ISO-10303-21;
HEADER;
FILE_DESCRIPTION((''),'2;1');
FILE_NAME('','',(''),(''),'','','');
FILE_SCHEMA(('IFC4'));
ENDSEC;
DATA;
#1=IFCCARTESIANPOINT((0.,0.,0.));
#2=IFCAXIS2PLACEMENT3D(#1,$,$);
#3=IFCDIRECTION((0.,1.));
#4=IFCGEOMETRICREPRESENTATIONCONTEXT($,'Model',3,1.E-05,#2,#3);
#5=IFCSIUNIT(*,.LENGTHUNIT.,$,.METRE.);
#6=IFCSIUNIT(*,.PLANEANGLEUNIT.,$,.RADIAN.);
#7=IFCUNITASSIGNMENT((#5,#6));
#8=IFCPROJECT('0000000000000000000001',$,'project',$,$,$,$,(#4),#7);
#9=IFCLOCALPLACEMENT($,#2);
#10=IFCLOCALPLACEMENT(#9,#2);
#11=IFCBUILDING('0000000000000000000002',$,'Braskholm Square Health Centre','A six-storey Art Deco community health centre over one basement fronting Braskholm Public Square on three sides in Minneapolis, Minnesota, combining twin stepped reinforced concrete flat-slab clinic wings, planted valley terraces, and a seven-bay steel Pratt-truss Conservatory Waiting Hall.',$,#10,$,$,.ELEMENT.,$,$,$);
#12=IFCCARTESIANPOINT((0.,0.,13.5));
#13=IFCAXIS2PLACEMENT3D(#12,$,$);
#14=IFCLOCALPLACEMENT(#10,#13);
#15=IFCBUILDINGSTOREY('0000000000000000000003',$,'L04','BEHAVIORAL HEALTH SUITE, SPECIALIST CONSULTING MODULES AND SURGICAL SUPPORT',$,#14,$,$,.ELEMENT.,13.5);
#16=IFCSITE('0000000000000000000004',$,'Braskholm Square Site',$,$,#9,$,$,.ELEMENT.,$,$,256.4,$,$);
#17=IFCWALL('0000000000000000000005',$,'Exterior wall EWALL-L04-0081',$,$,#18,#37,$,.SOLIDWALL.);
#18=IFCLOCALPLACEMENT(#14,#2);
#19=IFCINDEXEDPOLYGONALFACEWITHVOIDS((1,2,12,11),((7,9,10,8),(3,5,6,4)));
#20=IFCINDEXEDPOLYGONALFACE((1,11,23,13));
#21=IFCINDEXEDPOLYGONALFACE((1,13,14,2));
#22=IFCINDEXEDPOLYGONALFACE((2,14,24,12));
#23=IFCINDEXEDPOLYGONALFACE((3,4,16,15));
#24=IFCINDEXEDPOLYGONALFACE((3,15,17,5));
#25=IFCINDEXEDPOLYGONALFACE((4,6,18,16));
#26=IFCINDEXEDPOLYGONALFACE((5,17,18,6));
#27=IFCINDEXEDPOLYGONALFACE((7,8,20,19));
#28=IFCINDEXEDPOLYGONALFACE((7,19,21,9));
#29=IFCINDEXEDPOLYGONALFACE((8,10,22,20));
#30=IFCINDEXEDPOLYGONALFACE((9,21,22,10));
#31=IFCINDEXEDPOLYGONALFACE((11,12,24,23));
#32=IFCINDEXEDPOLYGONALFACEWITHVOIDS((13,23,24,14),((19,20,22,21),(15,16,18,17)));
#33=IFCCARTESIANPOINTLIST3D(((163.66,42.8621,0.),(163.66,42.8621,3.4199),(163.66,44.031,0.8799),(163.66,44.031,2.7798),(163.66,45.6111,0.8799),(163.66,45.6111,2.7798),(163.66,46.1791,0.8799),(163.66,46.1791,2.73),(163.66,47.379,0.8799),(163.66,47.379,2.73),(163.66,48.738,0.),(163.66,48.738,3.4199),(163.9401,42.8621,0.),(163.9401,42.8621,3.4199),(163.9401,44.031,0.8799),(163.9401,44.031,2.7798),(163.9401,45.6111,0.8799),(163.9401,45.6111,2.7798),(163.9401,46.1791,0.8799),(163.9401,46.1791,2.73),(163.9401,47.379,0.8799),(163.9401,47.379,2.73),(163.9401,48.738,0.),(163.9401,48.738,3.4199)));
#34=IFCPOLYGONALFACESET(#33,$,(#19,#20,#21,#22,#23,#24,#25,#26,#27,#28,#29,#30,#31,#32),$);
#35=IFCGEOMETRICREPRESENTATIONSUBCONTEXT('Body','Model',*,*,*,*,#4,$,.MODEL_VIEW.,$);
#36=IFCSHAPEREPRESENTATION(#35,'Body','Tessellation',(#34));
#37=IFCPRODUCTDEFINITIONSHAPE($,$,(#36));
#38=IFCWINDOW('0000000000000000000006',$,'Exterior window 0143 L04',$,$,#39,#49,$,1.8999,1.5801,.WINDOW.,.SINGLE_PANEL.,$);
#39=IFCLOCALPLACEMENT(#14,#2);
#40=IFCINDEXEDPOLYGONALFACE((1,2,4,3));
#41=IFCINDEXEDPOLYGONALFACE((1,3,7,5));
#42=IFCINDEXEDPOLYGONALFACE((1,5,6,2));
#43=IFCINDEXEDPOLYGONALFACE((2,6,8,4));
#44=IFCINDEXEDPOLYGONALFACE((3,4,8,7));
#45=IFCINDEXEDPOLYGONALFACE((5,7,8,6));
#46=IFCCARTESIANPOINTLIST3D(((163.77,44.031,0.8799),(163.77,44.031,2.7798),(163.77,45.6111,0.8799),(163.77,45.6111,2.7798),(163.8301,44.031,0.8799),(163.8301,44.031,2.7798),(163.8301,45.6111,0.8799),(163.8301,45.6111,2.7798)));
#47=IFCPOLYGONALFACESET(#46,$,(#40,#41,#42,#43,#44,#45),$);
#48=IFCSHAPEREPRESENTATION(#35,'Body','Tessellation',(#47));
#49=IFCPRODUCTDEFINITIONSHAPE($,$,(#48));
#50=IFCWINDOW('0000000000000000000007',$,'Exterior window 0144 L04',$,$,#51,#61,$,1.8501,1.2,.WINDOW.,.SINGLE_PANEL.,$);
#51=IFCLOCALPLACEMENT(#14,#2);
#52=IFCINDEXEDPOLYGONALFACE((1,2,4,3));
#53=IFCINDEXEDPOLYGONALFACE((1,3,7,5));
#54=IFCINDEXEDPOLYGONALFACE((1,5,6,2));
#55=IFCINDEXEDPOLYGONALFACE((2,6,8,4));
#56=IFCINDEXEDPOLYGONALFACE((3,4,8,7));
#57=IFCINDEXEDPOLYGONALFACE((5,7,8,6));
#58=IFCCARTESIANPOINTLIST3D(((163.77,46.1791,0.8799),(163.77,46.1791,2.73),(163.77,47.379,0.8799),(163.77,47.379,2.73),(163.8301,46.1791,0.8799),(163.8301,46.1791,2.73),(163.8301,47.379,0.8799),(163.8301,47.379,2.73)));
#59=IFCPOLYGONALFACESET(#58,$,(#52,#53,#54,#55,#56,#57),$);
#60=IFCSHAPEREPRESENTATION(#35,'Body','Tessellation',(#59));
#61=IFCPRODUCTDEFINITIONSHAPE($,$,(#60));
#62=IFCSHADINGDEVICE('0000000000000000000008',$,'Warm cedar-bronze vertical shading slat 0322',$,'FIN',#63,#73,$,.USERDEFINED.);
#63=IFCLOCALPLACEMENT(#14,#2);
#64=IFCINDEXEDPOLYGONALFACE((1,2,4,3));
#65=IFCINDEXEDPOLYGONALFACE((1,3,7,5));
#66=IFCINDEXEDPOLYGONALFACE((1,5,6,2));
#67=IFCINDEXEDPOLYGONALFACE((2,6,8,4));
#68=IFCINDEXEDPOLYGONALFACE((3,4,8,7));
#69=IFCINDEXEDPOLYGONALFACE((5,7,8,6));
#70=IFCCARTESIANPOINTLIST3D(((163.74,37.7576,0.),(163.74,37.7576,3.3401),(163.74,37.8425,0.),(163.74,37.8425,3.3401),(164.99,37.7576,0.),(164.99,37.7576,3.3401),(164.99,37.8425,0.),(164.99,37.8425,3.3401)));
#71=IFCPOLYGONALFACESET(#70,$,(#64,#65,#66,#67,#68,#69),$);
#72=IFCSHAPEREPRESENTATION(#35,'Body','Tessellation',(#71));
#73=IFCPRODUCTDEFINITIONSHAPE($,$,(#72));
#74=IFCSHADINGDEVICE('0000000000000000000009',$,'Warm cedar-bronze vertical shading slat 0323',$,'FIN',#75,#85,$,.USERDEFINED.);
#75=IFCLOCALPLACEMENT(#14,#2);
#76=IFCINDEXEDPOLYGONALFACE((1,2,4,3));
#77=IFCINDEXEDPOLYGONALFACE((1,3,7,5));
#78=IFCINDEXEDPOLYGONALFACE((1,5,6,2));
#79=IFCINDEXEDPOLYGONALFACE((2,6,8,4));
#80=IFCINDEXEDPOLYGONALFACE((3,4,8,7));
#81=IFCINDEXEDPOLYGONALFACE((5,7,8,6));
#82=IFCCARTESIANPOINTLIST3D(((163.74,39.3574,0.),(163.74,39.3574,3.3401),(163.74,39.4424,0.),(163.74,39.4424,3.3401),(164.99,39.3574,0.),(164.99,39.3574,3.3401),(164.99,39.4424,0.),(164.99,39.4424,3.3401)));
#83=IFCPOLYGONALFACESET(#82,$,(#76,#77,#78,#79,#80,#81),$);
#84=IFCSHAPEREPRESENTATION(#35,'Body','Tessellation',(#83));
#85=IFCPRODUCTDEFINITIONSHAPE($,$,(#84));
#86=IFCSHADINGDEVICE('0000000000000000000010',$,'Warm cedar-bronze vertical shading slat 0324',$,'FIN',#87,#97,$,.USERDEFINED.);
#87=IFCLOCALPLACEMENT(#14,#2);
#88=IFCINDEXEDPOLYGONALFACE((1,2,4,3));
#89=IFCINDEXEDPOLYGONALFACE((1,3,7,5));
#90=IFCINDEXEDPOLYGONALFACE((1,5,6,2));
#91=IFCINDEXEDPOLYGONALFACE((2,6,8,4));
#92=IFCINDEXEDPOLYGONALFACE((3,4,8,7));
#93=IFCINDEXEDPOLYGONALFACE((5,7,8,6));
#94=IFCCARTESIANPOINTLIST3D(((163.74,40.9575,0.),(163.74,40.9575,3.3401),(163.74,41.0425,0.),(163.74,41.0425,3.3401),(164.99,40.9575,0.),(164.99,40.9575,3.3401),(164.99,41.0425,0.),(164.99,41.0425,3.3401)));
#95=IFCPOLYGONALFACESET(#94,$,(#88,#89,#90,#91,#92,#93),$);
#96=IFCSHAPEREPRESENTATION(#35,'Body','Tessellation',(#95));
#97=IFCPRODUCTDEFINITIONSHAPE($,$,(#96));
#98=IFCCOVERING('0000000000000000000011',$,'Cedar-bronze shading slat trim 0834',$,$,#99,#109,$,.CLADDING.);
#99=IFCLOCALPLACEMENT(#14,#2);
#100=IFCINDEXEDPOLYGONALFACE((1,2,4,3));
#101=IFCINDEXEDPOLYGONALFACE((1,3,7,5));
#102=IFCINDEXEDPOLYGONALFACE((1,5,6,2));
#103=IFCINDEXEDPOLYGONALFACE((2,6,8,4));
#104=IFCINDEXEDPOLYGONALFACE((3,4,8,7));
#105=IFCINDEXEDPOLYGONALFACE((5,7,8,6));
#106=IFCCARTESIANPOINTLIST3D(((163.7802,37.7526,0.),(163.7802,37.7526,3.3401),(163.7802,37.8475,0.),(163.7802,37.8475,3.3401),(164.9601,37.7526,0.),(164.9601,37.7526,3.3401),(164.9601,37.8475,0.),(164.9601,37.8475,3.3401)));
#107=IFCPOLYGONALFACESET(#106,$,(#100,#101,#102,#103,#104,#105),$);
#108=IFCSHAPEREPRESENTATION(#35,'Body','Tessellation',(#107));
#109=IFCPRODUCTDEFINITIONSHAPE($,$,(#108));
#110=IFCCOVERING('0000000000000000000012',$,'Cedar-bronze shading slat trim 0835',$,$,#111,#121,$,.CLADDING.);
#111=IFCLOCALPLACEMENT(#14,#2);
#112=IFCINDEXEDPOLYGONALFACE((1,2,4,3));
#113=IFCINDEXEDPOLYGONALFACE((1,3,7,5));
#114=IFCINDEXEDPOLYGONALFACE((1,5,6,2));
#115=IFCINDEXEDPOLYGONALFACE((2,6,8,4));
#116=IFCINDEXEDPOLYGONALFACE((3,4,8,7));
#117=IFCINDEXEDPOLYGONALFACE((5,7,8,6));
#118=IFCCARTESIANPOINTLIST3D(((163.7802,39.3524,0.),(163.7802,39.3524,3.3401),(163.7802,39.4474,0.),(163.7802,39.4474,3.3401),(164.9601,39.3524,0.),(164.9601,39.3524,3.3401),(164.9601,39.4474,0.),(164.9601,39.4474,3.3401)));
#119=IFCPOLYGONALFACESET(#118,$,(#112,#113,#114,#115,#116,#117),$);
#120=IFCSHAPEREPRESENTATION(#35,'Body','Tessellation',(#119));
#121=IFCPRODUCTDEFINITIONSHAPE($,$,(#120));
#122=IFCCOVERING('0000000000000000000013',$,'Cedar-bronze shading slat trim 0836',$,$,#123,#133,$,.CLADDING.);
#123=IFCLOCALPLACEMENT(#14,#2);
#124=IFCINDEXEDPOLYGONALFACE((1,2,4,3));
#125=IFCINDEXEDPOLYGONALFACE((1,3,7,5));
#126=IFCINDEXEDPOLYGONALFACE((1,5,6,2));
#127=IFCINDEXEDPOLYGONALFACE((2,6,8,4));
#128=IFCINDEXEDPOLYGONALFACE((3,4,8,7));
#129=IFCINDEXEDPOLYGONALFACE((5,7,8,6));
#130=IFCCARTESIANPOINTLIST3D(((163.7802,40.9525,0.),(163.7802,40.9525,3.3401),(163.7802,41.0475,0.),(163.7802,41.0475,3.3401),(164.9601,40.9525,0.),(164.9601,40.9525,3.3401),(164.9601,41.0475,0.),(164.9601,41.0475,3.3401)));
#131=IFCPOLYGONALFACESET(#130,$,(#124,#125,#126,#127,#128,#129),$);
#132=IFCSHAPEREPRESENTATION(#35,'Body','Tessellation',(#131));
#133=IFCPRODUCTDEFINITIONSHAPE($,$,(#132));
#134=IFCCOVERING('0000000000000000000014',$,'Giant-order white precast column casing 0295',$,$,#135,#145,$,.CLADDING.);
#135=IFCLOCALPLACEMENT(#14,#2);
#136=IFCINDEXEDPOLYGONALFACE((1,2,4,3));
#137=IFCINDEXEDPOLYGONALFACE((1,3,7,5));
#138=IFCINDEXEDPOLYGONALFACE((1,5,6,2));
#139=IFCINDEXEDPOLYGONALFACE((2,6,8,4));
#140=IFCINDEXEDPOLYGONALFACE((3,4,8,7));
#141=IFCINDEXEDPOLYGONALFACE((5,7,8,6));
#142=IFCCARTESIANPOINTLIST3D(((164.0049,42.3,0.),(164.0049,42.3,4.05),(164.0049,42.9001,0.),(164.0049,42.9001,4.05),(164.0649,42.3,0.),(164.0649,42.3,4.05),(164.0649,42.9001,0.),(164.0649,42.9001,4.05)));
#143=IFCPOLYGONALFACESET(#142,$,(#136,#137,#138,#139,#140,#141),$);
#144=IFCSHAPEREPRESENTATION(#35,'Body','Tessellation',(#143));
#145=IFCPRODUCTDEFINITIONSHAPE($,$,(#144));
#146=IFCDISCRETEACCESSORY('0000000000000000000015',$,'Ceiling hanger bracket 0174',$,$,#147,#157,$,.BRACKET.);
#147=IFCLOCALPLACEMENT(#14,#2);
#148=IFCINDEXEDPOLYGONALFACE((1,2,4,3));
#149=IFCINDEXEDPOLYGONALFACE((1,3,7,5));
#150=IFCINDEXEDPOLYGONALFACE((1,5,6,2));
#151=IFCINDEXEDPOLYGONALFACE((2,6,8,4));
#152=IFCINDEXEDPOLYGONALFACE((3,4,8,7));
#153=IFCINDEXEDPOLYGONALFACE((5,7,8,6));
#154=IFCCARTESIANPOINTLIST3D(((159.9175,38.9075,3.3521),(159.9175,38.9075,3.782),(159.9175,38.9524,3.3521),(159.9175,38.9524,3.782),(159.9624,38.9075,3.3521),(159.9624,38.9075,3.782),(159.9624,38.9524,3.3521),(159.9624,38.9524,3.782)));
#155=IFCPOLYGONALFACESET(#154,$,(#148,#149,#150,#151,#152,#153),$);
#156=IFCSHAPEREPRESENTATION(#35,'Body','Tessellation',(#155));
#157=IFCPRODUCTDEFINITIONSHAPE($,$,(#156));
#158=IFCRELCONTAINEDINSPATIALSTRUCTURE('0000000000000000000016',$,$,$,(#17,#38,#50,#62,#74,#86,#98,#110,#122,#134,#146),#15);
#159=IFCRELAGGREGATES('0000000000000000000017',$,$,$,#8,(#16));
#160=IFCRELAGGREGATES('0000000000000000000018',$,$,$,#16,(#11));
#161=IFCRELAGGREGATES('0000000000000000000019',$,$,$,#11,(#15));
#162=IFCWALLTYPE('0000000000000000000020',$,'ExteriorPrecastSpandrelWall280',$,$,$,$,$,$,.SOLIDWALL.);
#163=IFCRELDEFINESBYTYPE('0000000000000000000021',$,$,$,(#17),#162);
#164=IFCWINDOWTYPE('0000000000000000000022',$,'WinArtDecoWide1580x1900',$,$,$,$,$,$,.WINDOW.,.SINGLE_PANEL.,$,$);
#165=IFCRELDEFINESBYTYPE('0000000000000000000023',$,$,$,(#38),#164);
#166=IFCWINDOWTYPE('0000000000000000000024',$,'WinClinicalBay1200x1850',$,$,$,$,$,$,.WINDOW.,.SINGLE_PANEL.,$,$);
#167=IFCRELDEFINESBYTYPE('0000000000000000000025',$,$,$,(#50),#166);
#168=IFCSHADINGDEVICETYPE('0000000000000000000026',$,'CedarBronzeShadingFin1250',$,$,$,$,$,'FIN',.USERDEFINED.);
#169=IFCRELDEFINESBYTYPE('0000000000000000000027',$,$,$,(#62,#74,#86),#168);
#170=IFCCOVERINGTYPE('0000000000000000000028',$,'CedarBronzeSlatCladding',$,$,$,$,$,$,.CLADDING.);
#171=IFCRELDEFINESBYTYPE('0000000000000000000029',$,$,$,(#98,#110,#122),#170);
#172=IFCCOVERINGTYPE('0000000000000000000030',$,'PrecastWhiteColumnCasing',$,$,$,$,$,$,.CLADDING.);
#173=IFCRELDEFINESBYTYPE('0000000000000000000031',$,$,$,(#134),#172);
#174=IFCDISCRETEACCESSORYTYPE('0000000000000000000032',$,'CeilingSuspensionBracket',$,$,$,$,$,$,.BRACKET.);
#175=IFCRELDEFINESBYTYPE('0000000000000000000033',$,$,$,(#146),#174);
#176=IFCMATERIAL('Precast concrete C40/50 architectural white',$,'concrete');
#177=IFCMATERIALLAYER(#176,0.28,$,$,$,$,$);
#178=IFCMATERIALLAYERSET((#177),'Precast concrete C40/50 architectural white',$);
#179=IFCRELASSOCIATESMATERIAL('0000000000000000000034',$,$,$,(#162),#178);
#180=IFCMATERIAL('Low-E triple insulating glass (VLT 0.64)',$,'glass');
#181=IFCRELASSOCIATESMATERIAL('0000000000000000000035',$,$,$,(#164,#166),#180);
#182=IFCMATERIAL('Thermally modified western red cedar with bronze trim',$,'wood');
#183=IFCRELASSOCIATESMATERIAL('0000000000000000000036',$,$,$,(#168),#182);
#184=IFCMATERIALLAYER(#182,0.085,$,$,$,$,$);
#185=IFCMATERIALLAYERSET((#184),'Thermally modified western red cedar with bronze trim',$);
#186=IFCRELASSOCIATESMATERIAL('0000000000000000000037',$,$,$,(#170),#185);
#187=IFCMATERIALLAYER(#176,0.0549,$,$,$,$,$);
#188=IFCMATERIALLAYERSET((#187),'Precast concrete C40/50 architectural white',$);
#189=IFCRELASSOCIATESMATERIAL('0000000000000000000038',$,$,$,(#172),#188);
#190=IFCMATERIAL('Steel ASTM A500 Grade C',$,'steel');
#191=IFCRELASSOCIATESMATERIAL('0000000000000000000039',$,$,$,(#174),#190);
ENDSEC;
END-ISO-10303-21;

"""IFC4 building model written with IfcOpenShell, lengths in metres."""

from ifc_helpers import new_model, si_unit, direction, frame, frame_2d, origin, origin_with_axes, origin_2d, place, context, subcontext, project, spatial, rectangle, extrude, material, layer, layer_set, type_object, element, fill, save


model = new_model("IFC4")

# Units and contexts
model_context = context("Model", 3, precision=1e-05, world=origin(), true_north=direction((0.0, 1.0)))
body_context = subcontext(model_context, "Body", "Model", "MODEL_VIEW")
ifc_project = project(units=[si_unit("LENGTHUNIT", "METRE"), si_unit("PLANEANGLEUNIT", "RADIAN")], contexts=[model_context])

# Site, building, storey
site_placement = place(None, origin())
site = spatial("IfcSite", under=ifc_project, at=site_placement, Name="Braskholm Square Site", CompositionType="ELEMENT", RefElevation=256.4)
building_placement = place(site_placement, origin())
building = spatial("IfcBuilding", under=site, at=building_placement, Name="Braskholm Square Health Centre", Description="A six-storey Art Deco community health centre over one basement fronting Braskholm Public Square on three sides in Minneapolis, Minnesota, combining twin stepped reinforced concrete flat-slab clinic wings, planted valley terraces, and a seven-bay steel Pratt-truss Conservatory Waiting Hall.", CompositionType="ELEMENT")
storey_placement = place(building_placement, frame((0.0, 0.0, 13.5)))
storey = spatial("IfcBuildingStorey", under=building, at=storey_placement, Name="L04", Description="BEHAVIORAL HEALTH SUITE, SPECIALIST CONSULTING MODULES AND SURGICAL SUPPORT", CompositionType="ELEMENT", Elevation=13.5)

# Shared definitions
ifc_material_1 = material(Name="Precast concrete C40/50 architectural white", Category="concrete")

# Shared definitions
ifc_material_2 = material(Name="Low-E triple insulating glass (VLT 0.64)", Category="glass")

# Wall, openings, windows
ifc_layer_1 = layer(ifc_material_1, 0.28)
ifc_layer_set_1 = layer_set([ifc_layer_1], Name="Precast concrete C40/50 architectural white")
wall_type_1 = type_object("IfcWallType", Name="ExteriorPrecastSpandrelWall280", PredefinedType="SOLIDWALL", material=ifc_layer_set_1)
wall_1_placement = place(storey_placement, frame((163.8, 42.8621, 0.0), z_axis=(0.0, 0.0, 1.0), x_axis=(0.0, 1.0, 0.0)))
wall_1 = element("IfcWall", 1, at=wall_1_placement, inside=storey, type_object=wall_type_1, Name="Exterior wall EWALL-L04-0081", PredefinedType="SOLIDWALL", context=body_context, shape_type="SweptSolid", body=[
    extrude(rectangle(XDim=5.876, YDim=0.28, at=frame_2d((2.938, 0.0))), origin(), (0.0, 0.0, 1.0), 3.4199),
])
opening_1_placement = place(wall_1_placement, frame((1.1689, 0.0, 0.8799)))
opening_1 = element("IfcOpeningElement", 2, at=opening_1_placement, cuts=wall_1, PredefinedType="OPENING", context=body_context, shape_type="SweptSolid", body=[
    extrude(rectangle(XDim=1.5801, YDim=1.8999, at=frame_2d((0.79, 0.95))), frame((0.0, 0.1499, 0.0), z_axis=(0.0, -1.0, 0.0), x_axis=(1.0, 0.0, 0.0)), (0.0, 0.0, 1.0), 0.3),
])
opening_2_placement = place(wall_1_placement, frame((3.3169, 0.0, 0.8799)))
opening_2 = element("IfcOpeningElement", 3, at=opening_2_placement, cuts=wall_1, PredefinedType="OPENING", context=body_context, shape_type="SweptSolid", body=[
    extrude(rectangle(XDim=1.2, YDim=1.8501, at=frame_2d((0.6001, 0.925))), frame((0.0, 0.1499, 0.0), z_axis=(0.0, -1.0, 0.0), x_axis=(1.0, 0.0, 0.0)), (0.0, 0.0, 1.0), 0.3),
])
window_type_1 = type_object("IfcWindowType", Name="WinArtDecoWide1580x1900", PartitioningType="SINGLE_PANEL", PredefinedType="WINDOW", material=ifc_material_2)
window_1_placement = place(opening_1_placement, origin_with_axes())
window_1 = element("IfcWindow", 4, at=window_1_placement, inside=storey, type_object=window_type_1, Name="Exterior window 0143 L04", OverallHeight=1.8999, OverallWidth=1.5801, PartitioningType="SINGLE_PANEL", PredefinedType="WINDOW", context=body_context, shape_type="SweptSolid", body=[
    extrude(rectangle(XDim=1.5801, YDim=1.8999, at=frame_2d((0.79, 0.95))), frame((0.0, 0.03, 0.0), z_axis=(0.0, -1.0, 0.0), x_axis=(1.0, 0.0, 0.0)), (0.0, 0.0, 1.0), 0.0601),
])
fill(opening_1, window_1)
window_type_2 = type_object("IfcWindowType", Name="WinClinicalBay1200x1850", PartitioningType="SINGLE_PANEL", PredefinedType="WINDOW", material=ifc_material_2)
window_2_placement = place(opening_2_placement, origin_with_axes())
window_2 = element("IfcWindow", 5, at=window_2_placement, inside=storey, type_object=window_type_2, Name="Exterior window 0144 L04", OverallHeight=1.8501, OverallWidth=1.2, PartitioningType="SINGLE_PANEL", PredefinedType="WINDOW", context=body_context, shape_type="SweptSolid", body=[
    extrude(rectangle(XDim=1.2, YDim=1.8501, at=frame_2d((0.6001, 0.925))), frame((0.0, 0.03, 0.0), z_axis=(0.0, -1.0, 0.0), x_axis=(1.0, 0.0, 0.0)), (0.0, 0.0, 1.0), 0.0601),
])
fill(opening_2, window_2)

# Shading devices
ifc_material_3 = material(Name="Thermally modified western red cedar with bronze trim", Category="wood")
shading_device_type = type_object("IfcShadingDeviceType", Name="CedarBronzeShadingFin1250", ElementType="FIN", PredefinedType="USERDEFINED", material=ifc_material_3)
for number, where, z_axis, x_axis, name in (
    (6, (164.365, 37.8, 0.0), (0.0, 0.0, 1.0), (1.0, 0.0, 0.0), "Warm cedar-bronze vertical shading slat 0322"),
    (7, (164.365, 39.3999, 0.0), (0.0, 0.0, 1.0), (1.0, 0.0, 0.0), "Warm cedar-bronze vertical shading slat 0323"),
    (8, (164.365, 41.0, 0.0), (0.0, 0.0, 1.0), (1.0, 0.0, 0.0), "Warm cedar-bronze vertical shading slat 0324"),
):
    element("IfcShadingDevice", number, at=place(storey_placement, frame(where, z_axis=z_axis, x_axis=x_axis)), inside=storey, type_object=shading_device_type, Name=name, ObjectType="FIN", PredefinedType="USERDEFINED", context=body_context, shape_type="SweptSolid", body=[
        extrude(rectangle(XDim=1.25, YDim=0.085, at=origin_2d()), origin(), (0.0, 0.0, 1.0), 3.3401),
    ])

# Coverings
ifc_layer_2 = layer(ifc_material_3, 0.085)
ifc_layer_set_2 = layer_set([ifc_layer_2], Name="Thermally modified western red cedar with bronze trim")
covering_type_1 = type_object("IfcCoveringType", Name="CedarBronzeSlatCladding", PredefinedType="CLADDING", material=ifc_layer_set_2)
for number, where, z_axis, x_axis, name in (
    (9, (164.3701, 37.8, 0.0), (0.0, 0.0, 1.0), (1.0, 0.0, 0.0), "Cedar-bronze shading slat trim 0834"),
    (10, (164.3701, 39.3999, 0.0), (0.0, 0.0, 1.0), (1.0, 0.0, 0.0), "Cedar-bronze shading slat trim 0835"),
    (11, (164.3701, 41.0, 0.0), (0.0, 0.0, 1.0), (1.0, 0.0, 0.0), "Cedar-bronze shading slat trim 0836"),
):
    element("IfcCovering", number, at=place(storey_placement, frame(where, z_axis=z_axis, x_axis=x_axis)), inside=storey, type_object=covering_type_1, Name=name, PredefinedType="CLADDING", context=body_context, shape_type="SweptSolid", body=[
        extrude(rectangle(XDim=1.1799, YDim=0.095, at=origin_2d()), origin(), (0.0, 0.0, 1.0), 3.3401),
    ])
ifc_layer_3 = layer(ifc_material_1, 0.0549)
ifc_layer_set_3 = layer_set([ifc_layer_3], Name="Precast concrete C40/50 architectural white")
covering_type_2 = type_object("IfcCoveringType", Name="PrecastWhiteColumnCasing", PredefinedType="CLADDING", material=ifc_layer_set_3)
covering_placement = place(storey_placement, frame((164.0349, 42.6001, 0.0), z_axis=(0.0, 0.0, 1.0), x_axis=(1.0, 0.0, 0.0)))
element("IfcCovering", 12, at=covering_placement, inside=storey, type_object=covering_type_2, Name="Giant-order white precast column casing 0295", PredefinedType="CLADDING", context=body_context, shape_type="SweptSolid", body=[
    extrude(rectangle(XDim=0.0601, YDim=0.6001, at=origin_2d()), origin(), (0.0, 0.0, 1.0), 4.05),
])

# Discrete accessory
ifc_material_4 = material(Name="Steel ASTM A500 Grade C", Category="steel")
discrete_accessory_type = type_object("IfcDiscreteAccessoryType", Name="CeilingSuspensionBracket", PredefinedType="BRACKET", material=ifc_material_4)
discrete_accessory_placement = place(storey_placement, frame((159.9399, 38.9299, 3.3521), z_axis=(0.0, 0.0, 1.0), x_axis=(1.0, 0.0, 0.0)))
element("IfcDiscreteAccessory", 13, at=discrete_accessory_placement, inside=storey, type_object=discrete_accessory_type, Name="Ceiling hanger bracket 0174", PredefinedType="BRACKET", context=body_context, shape_type="SweptSolid", body=[
    extrude(rectangle(XDim=0.0449, YDim=0.0449, at=origin_2d()), origin(), (0.0, 0.0, 1.0), 0.4299),
])

save(model, "model.ifc")
